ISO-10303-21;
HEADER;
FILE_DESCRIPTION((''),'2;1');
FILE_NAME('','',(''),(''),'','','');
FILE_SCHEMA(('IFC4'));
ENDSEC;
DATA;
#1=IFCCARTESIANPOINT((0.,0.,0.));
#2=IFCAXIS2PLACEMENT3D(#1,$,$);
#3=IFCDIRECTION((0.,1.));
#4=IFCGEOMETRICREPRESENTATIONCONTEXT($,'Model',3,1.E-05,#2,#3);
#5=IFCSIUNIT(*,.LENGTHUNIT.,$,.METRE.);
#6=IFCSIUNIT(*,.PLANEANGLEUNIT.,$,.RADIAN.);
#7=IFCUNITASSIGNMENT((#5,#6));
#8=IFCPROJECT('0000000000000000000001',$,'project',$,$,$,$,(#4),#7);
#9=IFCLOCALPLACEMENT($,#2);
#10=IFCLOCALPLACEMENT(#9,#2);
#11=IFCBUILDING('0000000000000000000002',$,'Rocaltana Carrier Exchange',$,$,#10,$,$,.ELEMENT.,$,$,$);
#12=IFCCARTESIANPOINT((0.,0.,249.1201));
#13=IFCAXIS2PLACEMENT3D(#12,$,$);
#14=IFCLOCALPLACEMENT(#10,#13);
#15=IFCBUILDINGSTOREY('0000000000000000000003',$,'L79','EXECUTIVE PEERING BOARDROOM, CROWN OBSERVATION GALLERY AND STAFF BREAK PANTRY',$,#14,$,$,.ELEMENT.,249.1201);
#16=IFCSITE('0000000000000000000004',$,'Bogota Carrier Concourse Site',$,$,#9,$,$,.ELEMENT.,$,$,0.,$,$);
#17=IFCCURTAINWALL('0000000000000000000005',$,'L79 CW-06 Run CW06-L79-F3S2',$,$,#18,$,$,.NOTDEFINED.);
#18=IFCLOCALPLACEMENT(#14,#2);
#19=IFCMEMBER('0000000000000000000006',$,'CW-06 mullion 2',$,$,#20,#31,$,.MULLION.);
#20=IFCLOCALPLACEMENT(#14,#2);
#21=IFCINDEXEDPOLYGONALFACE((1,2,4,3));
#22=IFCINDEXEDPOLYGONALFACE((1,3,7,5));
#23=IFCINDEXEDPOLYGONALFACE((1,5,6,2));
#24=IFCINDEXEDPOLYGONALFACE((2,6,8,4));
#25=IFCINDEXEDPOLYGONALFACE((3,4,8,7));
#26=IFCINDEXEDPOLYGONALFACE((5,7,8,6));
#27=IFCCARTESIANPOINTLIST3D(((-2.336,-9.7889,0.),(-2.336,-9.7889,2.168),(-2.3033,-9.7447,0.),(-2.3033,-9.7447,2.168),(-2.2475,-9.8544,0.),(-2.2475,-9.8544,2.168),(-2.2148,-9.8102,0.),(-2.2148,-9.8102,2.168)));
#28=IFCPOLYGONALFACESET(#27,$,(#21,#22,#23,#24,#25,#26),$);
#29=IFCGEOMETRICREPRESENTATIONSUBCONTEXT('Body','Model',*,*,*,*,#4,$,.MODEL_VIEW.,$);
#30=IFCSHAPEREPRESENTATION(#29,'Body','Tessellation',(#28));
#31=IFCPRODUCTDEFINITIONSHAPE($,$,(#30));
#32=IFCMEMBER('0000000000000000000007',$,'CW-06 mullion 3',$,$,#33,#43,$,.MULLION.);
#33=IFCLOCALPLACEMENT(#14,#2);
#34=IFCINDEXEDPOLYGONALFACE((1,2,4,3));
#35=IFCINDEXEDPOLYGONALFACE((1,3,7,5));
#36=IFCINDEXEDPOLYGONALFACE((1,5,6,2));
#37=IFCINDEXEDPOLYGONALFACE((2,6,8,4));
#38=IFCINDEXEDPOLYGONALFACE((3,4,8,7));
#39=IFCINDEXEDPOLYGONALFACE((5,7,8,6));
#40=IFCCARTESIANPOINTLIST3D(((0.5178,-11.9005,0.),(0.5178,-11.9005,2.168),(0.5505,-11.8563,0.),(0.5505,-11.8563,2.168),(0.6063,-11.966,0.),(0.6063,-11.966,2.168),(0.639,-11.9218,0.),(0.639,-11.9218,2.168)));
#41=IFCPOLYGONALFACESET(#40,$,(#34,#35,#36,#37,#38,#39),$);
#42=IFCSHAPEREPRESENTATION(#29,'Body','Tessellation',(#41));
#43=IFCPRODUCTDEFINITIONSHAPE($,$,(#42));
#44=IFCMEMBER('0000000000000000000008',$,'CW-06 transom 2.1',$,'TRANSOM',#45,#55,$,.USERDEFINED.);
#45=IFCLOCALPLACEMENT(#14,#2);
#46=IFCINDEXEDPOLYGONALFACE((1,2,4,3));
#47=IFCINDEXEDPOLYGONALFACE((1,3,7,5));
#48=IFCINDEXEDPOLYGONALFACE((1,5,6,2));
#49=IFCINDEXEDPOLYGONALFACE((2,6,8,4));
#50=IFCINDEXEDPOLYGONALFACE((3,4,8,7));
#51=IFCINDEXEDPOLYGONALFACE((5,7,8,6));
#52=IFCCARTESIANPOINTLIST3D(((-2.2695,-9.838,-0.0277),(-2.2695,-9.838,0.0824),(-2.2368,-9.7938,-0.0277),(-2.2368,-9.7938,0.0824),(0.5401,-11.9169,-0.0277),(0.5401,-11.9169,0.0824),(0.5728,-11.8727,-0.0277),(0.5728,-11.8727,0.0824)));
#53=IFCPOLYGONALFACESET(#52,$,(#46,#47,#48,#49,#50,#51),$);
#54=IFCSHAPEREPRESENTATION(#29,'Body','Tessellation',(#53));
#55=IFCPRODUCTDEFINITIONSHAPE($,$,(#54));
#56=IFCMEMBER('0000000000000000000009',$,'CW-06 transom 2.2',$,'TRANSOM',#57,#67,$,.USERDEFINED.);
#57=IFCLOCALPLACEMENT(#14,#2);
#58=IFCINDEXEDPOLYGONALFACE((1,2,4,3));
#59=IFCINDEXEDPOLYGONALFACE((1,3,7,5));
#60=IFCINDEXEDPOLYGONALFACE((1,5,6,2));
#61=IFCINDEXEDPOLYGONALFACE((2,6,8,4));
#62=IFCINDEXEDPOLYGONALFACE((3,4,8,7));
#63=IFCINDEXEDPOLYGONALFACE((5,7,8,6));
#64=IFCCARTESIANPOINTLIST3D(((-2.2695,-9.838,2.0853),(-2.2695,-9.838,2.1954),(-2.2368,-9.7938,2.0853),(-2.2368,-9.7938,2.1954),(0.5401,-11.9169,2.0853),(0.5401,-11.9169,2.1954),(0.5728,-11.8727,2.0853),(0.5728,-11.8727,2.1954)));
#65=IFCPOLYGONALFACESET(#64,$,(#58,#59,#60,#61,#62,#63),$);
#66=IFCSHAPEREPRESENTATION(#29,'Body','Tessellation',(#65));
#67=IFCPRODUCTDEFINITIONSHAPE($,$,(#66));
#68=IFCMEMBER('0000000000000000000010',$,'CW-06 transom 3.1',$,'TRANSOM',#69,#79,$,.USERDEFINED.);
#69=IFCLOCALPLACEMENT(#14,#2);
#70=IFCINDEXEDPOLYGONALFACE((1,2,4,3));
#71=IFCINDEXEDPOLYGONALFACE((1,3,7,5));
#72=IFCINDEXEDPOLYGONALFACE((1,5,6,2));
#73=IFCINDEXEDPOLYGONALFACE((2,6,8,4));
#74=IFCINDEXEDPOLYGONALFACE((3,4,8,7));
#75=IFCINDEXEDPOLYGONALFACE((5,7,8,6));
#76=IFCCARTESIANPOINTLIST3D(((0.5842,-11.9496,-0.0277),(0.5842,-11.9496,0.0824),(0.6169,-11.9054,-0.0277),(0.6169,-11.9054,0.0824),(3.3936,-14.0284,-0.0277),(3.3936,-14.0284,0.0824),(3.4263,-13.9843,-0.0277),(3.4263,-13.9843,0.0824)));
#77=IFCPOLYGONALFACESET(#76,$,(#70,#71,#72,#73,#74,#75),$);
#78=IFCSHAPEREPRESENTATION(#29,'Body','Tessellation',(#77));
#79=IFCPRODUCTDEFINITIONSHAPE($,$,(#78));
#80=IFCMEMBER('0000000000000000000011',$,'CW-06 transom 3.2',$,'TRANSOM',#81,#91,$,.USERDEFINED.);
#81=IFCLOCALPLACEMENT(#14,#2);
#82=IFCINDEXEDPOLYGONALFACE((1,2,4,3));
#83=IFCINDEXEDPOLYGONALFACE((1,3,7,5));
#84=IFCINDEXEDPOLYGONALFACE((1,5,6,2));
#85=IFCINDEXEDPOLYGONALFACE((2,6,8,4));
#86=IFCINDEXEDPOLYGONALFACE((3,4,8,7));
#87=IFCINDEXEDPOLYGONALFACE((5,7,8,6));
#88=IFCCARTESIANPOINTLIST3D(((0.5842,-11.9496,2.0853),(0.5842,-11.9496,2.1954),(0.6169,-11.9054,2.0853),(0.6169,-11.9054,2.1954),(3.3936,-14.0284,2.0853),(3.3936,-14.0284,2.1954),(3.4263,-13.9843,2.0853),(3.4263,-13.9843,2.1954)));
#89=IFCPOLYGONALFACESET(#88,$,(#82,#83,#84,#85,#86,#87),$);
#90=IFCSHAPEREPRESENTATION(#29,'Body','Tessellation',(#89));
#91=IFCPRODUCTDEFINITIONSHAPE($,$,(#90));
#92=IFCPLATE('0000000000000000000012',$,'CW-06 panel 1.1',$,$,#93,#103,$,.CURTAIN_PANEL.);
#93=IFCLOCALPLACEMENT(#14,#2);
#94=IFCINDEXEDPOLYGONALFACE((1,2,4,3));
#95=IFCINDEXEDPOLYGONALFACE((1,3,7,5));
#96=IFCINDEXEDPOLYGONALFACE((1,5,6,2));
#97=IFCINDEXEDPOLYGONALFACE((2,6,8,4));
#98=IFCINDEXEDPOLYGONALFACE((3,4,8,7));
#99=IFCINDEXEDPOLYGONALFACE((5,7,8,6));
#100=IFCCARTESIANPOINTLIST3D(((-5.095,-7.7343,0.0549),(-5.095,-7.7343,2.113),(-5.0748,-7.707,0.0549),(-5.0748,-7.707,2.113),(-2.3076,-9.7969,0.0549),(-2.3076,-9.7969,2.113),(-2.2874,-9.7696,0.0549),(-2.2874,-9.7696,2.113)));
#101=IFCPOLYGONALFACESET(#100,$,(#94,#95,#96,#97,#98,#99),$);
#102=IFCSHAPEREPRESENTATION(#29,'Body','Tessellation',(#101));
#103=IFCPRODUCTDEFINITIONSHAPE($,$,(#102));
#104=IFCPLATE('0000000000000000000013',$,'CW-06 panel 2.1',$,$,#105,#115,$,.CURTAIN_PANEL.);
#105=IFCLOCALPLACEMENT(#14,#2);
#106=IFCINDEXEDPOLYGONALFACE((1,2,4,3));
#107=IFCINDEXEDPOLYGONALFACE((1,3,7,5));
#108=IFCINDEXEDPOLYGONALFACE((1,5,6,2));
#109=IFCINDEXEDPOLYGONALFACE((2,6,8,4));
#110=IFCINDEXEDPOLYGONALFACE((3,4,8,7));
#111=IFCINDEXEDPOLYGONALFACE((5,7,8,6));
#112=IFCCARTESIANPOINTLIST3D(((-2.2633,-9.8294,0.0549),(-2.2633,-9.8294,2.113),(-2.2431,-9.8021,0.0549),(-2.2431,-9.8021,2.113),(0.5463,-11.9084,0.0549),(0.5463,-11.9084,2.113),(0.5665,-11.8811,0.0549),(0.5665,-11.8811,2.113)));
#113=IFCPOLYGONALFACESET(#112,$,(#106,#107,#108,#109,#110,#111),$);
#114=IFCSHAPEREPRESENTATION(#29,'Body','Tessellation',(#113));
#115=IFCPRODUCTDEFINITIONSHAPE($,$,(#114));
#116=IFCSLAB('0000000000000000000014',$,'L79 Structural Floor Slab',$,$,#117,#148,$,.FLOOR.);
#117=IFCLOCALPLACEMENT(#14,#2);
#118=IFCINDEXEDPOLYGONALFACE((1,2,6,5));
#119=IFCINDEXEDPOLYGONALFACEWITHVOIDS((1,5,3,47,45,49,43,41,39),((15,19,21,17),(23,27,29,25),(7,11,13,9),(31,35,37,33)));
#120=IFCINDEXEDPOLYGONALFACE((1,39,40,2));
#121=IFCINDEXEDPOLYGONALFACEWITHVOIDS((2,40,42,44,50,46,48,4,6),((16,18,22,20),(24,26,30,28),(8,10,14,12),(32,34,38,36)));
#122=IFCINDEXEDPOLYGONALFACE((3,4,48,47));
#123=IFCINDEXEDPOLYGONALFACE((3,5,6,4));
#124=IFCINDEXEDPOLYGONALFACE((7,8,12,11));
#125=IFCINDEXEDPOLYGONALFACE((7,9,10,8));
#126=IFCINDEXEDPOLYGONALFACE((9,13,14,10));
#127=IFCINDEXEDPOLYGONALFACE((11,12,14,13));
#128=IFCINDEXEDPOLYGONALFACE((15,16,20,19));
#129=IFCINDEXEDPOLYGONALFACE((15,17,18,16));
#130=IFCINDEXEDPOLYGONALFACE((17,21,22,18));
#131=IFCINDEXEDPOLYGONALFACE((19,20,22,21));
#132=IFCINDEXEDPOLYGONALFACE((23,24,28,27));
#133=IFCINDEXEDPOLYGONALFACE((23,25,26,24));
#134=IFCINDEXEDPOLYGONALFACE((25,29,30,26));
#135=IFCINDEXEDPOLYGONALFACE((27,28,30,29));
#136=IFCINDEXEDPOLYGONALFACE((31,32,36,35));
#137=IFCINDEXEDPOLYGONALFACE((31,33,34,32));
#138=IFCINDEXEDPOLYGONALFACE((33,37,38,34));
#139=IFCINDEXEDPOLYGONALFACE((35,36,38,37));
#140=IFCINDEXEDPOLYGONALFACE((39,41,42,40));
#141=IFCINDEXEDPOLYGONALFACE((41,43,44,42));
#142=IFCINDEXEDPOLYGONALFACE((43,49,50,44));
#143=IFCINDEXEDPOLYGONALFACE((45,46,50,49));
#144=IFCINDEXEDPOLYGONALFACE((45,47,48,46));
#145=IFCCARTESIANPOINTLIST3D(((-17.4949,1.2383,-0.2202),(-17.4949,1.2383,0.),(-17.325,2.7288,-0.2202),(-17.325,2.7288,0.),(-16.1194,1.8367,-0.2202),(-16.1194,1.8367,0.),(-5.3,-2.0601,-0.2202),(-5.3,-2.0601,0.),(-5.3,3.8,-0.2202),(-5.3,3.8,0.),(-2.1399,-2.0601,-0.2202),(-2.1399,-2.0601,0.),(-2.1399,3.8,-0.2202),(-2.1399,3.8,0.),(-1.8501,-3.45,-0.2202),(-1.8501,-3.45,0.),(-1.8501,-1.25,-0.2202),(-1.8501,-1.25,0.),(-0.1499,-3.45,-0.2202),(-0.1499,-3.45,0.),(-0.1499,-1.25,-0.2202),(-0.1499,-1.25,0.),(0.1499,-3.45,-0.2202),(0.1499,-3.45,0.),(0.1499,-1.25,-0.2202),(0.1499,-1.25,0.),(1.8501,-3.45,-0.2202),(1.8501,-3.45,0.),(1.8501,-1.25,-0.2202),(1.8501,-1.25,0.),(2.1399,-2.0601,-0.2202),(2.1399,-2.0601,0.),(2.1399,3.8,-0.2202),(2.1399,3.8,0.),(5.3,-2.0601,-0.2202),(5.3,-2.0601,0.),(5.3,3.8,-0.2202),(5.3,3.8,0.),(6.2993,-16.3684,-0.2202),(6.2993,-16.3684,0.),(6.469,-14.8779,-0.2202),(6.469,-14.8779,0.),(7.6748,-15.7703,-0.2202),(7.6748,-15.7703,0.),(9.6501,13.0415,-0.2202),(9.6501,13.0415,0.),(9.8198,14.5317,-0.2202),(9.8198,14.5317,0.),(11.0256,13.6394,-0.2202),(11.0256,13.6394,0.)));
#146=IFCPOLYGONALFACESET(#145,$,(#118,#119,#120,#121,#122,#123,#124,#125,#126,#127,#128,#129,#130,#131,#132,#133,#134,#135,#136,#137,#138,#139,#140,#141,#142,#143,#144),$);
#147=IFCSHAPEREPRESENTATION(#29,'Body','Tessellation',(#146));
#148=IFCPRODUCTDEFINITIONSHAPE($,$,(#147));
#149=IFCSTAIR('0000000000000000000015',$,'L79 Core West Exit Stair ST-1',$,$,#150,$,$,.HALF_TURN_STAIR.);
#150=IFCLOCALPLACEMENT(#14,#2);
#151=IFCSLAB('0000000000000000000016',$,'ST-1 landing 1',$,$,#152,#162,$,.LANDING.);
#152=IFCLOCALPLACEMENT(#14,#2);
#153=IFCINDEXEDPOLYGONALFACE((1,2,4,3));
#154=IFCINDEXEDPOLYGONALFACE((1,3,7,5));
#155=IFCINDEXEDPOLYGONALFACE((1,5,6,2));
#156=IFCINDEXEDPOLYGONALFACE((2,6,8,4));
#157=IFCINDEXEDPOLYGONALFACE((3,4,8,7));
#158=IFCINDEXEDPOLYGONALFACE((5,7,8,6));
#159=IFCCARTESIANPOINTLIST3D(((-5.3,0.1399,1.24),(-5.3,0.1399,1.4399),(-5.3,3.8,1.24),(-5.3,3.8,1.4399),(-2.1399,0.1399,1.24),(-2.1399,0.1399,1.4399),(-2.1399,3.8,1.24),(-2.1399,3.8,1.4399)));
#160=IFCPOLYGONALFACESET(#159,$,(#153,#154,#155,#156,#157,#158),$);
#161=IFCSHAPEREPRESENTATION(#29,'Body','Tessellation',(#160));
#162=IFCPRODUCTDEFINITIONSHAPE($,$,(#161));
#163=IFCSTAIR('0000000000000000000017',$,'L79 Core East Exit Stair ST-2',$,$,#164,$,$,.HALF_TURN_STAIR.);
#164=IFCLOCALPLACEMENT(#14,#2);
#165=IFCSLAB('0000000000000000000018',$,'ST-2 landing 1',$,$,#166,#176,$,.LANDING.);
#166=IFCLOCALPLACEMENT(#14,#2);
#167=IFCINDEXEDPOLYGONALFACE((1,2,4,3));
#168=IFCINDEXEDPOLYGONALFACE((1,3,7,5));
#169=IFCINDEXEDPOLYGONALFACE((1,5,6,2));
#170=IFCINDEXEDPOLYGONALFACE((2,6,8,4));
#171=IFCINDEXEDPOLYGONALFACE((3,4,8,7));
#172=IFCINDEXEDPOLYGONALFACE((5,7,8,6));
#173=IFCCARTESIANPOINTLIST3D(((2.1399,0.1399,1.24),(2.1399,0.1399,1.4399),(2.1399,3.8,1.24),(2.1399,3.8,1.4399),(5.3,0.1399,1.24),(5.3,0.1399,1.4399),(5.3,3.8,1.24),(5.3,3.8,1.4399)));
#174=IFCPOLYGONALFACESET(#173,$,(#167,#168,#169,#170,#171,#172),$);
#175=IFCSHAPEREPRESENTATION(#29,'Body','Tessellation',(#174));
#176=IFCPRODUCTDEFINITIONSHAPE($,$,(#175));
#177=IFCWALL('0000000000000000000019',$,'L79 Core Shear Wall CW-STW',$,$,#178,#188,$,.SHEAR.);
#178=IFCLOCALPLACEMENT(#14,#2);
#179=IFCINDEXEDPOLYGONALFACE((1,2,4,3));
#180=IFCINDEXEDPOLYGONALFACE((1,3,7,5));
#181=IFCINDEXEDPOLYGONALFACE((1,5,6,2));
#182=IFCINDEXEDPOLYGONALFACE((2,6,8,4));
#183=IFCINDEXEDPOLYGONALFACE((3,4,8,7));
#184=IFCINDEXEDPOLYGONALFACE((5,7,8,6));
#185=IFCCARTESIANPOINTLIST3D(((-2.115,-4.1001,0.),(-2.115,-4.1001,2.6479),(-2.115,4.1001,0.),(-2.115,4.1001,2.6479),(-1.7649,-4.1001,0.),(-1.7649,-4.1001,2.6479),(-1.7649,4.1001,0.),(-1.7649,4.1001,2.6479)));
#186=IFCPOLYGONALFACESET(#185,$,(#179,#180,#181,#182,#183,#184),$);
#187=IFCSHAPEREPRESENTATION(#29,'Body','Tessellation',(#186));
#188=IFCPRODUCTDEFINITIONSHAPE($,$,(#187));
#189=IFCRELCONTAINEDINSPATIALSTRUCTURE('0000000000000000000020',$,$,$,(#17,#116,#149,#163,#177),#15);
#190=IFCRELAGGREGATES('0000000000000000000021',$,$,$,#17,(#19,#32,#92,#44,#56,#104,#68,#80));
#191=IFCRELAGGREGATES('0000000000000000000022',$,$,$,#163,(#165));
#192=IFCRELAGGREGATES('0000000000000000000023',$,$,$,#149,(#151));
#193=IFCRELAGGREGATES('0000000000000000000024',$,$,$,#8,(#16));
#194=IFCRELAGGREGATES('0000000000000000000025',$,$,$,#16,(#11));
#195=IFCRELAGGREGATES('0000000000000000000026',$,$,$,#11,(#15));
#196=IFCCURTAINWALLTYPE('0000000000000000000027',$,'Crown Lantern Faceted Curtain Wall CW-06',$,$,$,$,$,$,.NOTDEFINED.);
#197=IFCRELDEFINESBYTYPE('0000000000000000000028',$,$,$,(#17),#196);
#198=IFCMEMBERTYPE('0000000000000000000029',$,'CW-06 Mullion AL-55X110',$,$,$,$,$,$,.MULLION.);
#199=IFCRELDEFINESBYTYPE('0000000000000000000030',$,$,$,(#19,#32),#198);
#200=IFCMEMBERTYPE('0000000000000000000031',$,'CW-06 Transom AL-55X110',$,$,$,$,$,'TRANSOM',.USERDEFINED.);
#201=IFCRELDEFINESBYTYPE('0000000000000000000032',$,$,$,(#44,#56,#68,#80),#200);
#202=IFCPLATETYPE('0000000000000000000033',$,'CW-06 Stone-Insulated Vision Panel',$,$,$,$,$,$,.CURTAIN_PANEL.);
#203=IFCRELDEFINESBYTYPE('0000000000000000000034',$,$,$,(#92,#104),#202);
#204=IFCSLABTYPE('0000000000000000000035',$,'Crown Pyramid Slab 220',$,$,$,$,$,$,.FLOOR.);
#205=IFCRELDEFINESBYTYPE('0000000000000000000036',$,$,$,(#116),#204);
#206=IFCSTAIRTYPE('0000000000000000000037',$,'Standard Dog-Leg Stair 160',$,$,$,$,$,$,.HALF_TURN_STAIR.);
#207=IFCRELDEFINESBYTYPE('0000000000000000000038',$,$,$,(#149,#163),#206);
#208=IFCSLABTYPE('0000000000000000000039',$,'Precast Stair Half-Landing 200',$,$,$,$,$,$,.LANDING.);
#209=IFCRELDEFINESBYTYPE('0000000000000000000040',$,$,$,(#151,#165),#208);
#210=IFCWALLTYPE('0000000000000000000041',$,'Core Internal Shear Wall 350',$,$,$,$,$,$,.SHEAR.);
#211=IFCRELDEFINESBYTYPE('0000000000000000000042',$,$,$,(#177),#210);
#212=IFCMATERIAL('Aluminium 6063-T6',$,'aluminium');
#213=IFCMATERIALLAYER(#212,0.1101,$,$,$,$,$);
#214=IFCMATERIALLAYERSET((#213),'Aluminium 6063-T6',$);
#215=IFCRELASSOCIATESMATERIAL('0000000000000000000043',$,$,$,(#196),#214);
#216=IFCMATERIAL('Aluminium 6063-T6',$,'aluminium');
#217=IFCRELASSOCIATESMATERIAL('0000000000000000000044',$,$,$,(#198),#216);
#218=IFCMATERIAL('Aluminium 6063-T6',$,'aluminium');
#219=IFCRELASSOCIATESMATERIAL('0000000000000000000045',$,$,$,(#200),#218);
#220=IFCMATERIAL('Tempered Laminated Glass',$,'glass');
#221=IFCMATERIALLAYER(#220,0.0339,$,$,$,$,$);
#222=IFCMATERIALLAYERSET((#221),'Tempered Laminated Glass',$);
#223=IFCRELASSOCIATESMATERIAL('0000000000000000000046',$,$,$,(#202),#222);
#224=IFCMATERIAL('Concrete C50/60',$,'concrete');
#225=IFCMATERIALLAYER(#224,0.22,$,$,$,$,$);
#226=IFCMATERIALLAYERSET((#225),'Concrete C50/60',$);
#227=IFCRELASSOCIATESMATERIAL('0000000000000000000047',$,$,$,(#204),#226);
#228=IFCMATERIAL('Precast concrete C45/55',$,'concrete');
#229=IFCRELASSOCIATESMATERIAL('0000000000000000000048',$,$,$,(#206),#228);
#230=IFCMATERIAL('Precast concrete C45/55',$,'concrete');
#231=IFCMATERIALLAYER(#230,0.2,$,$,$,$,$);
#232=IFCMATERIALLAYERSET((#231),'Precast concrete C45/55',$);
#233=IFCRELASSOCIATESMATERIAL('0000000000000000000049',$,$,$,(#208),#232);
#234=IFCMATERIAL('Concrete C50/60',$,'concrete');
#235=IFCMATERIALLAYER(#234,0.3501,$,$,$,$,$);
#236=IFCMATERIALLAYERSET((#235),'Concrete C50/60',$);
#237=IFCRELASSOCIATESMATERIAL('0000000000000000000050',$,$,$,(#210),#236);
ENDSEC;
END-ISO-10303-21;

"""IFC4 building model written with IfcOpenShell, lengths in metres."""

from ifc_helpers import new_model, si_unit, direction, frame, frame_2d, origin, origin_2d, place, context, subcontext, project, spatial, polyline, rectangle, outline, extrude, material, layer, layer_set, material_profile, profile_set, type_object, element, aggregate, save


model = new_model("IFC4")

# Units and contexts
model_context = context("Model", 3, precision=1e-05, world=origin(), true_north=direction((0.0, 1.0)))
body_context = subcontext(model_context, "Body", "Model", "MODEL_VIEW")
ifc_project = project(units=[si_unit("LENGTHUNIT", "METRE"), si_unit("PLANEANGLEUNIT", "RADIAN")], contexts=[model_context])

# Site, building, storey
site_placement = place(None, origin())
site = spatial("IfcSite", under=ifc_project, at=site_placement, Name="Bogota Carrier Concourse Site", CompositionType="ELEMENT", RefElevation=0.0)
building_placement = place(site_placement, origin())
building = spatial("IfcBuilding", under=site, at=building_placement, Name="Rocaltana Carrier Exchange", CompositionType="ELEMENT")
storey_placement = place(building_placement, frame((0.0, 0.0, 249.1201)))
storey = spatial("IfcBuildingStorey", under=building, at=storey_placement, Name="L79", Description="EXECUTIVE PEERING BOARDROOM, CROWN OBSERVATION GALLERY AND STAFF BREAK PANTRY", CompositionType="ELEMENT", Elevation=249.1201)

# Curtain wall, members, plates
ifc_material_1 = material(Name="Aluminium 6063-T6", Category="aluminium")
ifc_layer_1 = layer(ifc_material_1, 0.1101)
ifc_layer_set_1 = layer_set([ifc_layer_1], Name="Aluminium 6063-T6")
curtain_wall_type = type_object("IfcCurtainWallType", Name="Crown Lantern Faceted Curtain Wall CW-06", PredefinedType="NOTDEFINED", material=ifc_layer_set_1)
curtain_wall_placement = place(storey_placement, origin())
curtain_wall = element("IfcCurtainWall", 1, at=curtain_wall_placement, inside=storey, type_object=curtain_wall_type, Name="L79 CW-06 Run CW06-L79-F3S2", PredefinedType="NOTDEFINED")
ifc_material_2 = material(Name="Aluminium 6063-T6", Category="aluminium")
ifc_material_profile_1 = material_profile(ifc_material_2, rectangle(XDim=0.0549, YDim=0.1101, at=origin_2d()), Name="AL-55X110")
ifc_profile_set_1 = profile_set([ifc_material_profile_1], Name="Aluminium 6063-T6")
member_type_1 = type_object("IfcMemberType", Name="CW-06 Mullion AL-55X110", PredefinedType="MULLION", material=ifc_profile_set_1)
member_1_placement = place(storey_placement, frame((-2.2754, -9.7996, 0.0), z_axis=(0.0, 0.0, 1.0), x_axis=(0.594822, 0.803857, 0.0)))
member_1 = element("IfcMember", 2, at=member_1_placement, type_object=member_type_1, Name="CW-06 mullion 2", PredefinedType="MULLION", context=body_context, shape_type="SweptSolid", body=[
    extrude(rectangle(XDim=0.0549, YDim=0.1101, at=origin_2d()), origin(), (0.0, 0.0, 1.0), 2.168),
])
member_2_placement = place(storey_placement, frame((0.5784, -11.9111, 0.0), z_axis=(0.0, 0.0, 1.0), x_axis=(0.594822, 0.803857, 0.0)))
member_2 = element("IfcMember", 3, at=member_2_placement, type_object=member_type_1, Name="CW-06 mullion 3", PredefinedType="MULLION", context=body_context, shape_type="SweptSolid", body=[
    extrude(rectangle(XDim=0.0549, YDim=0.1101, at=origin_2d()), origin(), (0.0, 0.0, 1.0), 2.168),
])
ifc_material_3 = material(Name="Aluminium 6063-T6", Category="aluminium")
ifc_material_profile_2 = material_profile(ifc_material_3, rectangle(XDim=0.0549, YDim=0.1101, at=origin_2d()), Name="AL-55X110")
ifc_profile_set_2 = profile_set([ifc_material_profile_2], Name="Aluminium 6063-T6")
member_type_2 = type_object("IfcMemberType", Name="CW-06 Transom AL-55X110", ElementType="TRANSOM", PredefinedType="USERDEFINED", material=ifc_profile_set_2)
member_3_placement = place(storey_placement, frame((-2.2532, -9.8159, 0.0273), z_axis=(0.803873, -0.594801, 0.0), x_axis=(0.594801, 0.803873, 0.0)))
member_3 = element("IfcMember", 4, at=member_3_placement, type_object=member_type_2, Name="CW-06 transom 2.1", ObjectType="TRANSOM", PredefinedType="USERDEFINED", context=body_context, shape_type="SweptSolid", body=[
    extrude(rectangle(XDim=0.0549, YDim=0.1101, at=origin_2d()), origin(), (0.0, 0.0, 1.0), 3.4951),
])
member_4_placement = place(storey_placement, frame((-2.2532, -9.8159, 2.1404), z_axis=(0.803873, -0.594801, 0.0), x_axis=(0.594801, 0.803873, 0.0)))
member_4 = element("IfcMember", 5, at=member_4_placement, type_object=member_type_2, Name="CW-06 transom 2.2", ObjectType="TRANSOM", PredefinedType="USERDEFINED", context=body_context, shape_type="SweptSolid", body=[
    extrude(rectangle(XDim=0.0549, YDim=0.1101, at=origin_2d()), origin(), (0.0, 0.0, 1.0), 3.4951),
])
member_5_placement = place(storey_placement, frame((0.6006, -11.9275, 0.0273), z_axis=(0.803848, -0.594835, 0.0), x_axis=(0.594835, 0.803848, 0.0)))
member_5 = element("IfcMember", 6, at=member_5_placement, type_object=member_type_2, Name="CW-06 transom 3.1", ObjectType="TRANSOM", PredefinedType="USERDEFINED", context=body_context, shape_type="SweptSolid", body=[
    extrude(rectangle(XDim=0.0549, YDim=0.1101, at=origin_2d()), origin(), (0.0, 0.0, 1.0), 3.4949),
])
member_6_placement = place(storey_placement, frame((0.6006, -11.9275, 2.1404), z_axis=(0.803848, -0.594835, 0.0), x_axis=(0.594835, 0.803848, 0.0)))
member_6 = element("IfcMember", 7, at=member_6_placement, type_object=member_type_2, Name="CW-06 transom 3.2", ObjectType="TRANSOM", PredefinedType="USERDEFINED", context=body_context, shape_type="SweptSolid", body=[
    extrude(rectangle(XDim=0.0549, YDim=0.1101, at=origin_2d()), origin(), (0.0, 0.0, 1.0), 3.4949),
])
ifc_material_4 = material(Name="Tempered Laminated Glass", Category="glass")
ifc_layer_2 = layer(ifc_material_4, 0.0339)
ifc_layer_set_2 = layer_set([ifc_layer_2], Name="Tempered Laminated Glass")
plate_type = type_object("IfcPlateType", Name="CW-06 Stone-Insulated Vision Panel", PredefinedType="CURTAIN_PANEL", material=ifc_layer_set_2)
plate_1_placement = place(storey_placement, frame((-3.6912, -8.752, 0.0549), z_axis=(0.0, 0.0, 1.0), x_axis=(0.803857, -0.594822, 0.0)))
plate_1 = element("IfcPlate", 8, at=plate_1_placement, type_object=plate_type, Name="CW-06 panel 1.1", PredefinedType="CURTAIN_PANEL", context=body_context, shape_type="SweptSolid", body=[
    extrude(rectangle(XDim=3.4675, YDim=0.0339, at=origin_2d()), origin(), (0.0, 0.0, 1.0), 2.0581),
])
plate_2_placement = place(storey_placement, frame((-0.8484, -10.8552, 0.0549), z_axis=(0.0, 0.0, 1.0), x_axis=(0.803857, -0.594822, 0.0)))
plate_2 = element("IfcPlate", 9, at=plate_2_placement, type_object=plate_type, Name="CW-06 panel 2.1", PredefinedType="CURTAIN_PANEL", context=body_context, shape_type="SweptSolid", body=[
    extrude(rectangle(XDim=3.4951, YDim=0.0339, at=origin_2d()), origin(), (0.0, 0.0, 1.0), 2.0581),
])
aggregate(curtain_wall, [member_1, member_2, plate_1, member_3, member_4, plate_2, member_5, member_6])

# Slab
ifc_material_5 = material(Name="Concrete C50/60", Category="concrete")
ifc_layer_3 = layer(ifc_material_5, 0.22)
ifc_layer_set_3 = layer_set([ifc_layer_3], Name="Concrete C50/60")
slab_type_1 = type_object("IfcSlabType", Name="Crown Pyramid Slab 220", PredefinedType="FLOOR", material=ifc_layer_set_3)
slab_1_placement = place(storey_placement, frame((0.0, 0.0, -0.2202)))
element("IfcSlab", 10, at=slab_1_placement, inside=storey, type_object=slab_type_1, Name="L79 Structural Floor Slab", PredefinedType="FLOOR", context=body_context, shape_type="SweptSolid", body=[
    extrude(outline(polyline([(6.2993, -16.3684), (6.469, -14.8779), (7.6748, -15.7703), (11.0256, 13.6394), (9.6501, 13.0415), (9.8198, 14.5317), (-17.325, 2.7288), (-16.1194, 1.8367), (-17.4949, 1.2383), (6.2993, -16.3684)]), holes=[polyline([(-5.3, -2.0601), (-2.1399, -2.0601), (-2.1399, 3.8), (-5.3, 3.8), (-5.3, -2.0601)]), polyline([(2.1399, -2.0601), (5.3, -2.0601), (5.3, 3.8), (2.1399, 3.8), (2.1399, -2.0601)]), polyline([(-1.8501, -3.45), (-0.1499, -3.45), (-0.1499, -1.25), (-1.8501, -1.25), (-1.8501, -3.45)]), polyline([(0.1499, -3.45), (1.8501, -3.45), (1.8501, -1.25), (0.1499, -1.25), (0.1499, -3.45)])]), origin(), (0.0, 0.0, 1.0), 0.2202),
])

# Stairs, slabs
ifc_material_6 = material(Name="Precast concrete C45/55", Category="concrete")
stair_type = type_object("IfcStairType", Name="Standard Dog-Leg Stair 160", PredefinedType="HALF_TURN_STAIR", material=ifc_material_6)
stair_1_placement = place(storey_placement, origin())
stair_1 = element("IfcStair", 11, at=stair_1_placement, inside=storey, type_object=stair_type, Name="L79 Core West Exit Stair ST-1", PredefinedType="HALF_TURN_STAIR")
ifc_material_7 = material(Name="Precast concrete C45/55", Category="concrete")
ifc_layer_4 = layer(ifc_material_7, 0.2)
ifc_layer_set_4 = layer_set([ifc_layer_4], Name="Precast concrete C45/55")
slab_type_2 = type_object("IfcSlabType", Name="Precast Stair Half-Landing 200", PredefinedType="LANDING", material=ifc_layer_set_4)
slab_2_placement = place(storey_placement, frame((0.0, 0.0, 1.24)))
slab_2 = element("IfcSlab", 12, at=slab_2_placement, type_object=slab_type_2, Name="ST-1 landing 1", PredefinedType="LANDING", context=body_context, shape_type="SweptSolid", body=[
    extrude(outline(polyline([(-2.1399, 0.1399), (-2.1399, 3.8), (-5.3, 3.8), (-5.3, 0.1399), (-2.1399, 0.1399)])), origin(), (0.0, 0.0, 1.0), 0.2),
])
stair_2_placement = place(storey_placement, origin())
stair_2 = element("IfcStair", 13, at=stair_2_placement, inside=storey, type_object=stair_type, Name="L79 Core East Exit Stair ST-2", PredefinedType="HALF_TURN_STAIR")
slab_3_placement = place(storey_placement, frame((0.0, 0.0, 1.24)))
slab_3 = element("IfcSlab", 14, at=slab_3_placement, type_object=slab_type_2, Name="ST-2 landing 1", PredefinedType="LANDING", context=body_context, shape_type="SweptSolid", body=[
    extrude(outline(polyline([(5.3, 0.1399), (5.3, 3.8), (2.1399, 3.8), (2.1399, 0.1399), (5.3, 0.1399)])), origin(), (0.0, 0.0, 1.0), 0.2),
])
aggregate(stair_2, [slab_3])

# Wall
ifc_material_8 = material(Name="Concrete C50/60", Category="concrete")
ifc_layer_5 = layer(ifc_material_8, 0.3501)
ifc_layer_set_5 = layer_set([ifc_layer_5], Name="Concrete C50/60")
wall_type_1 = type_object("IfcWallType", Name="Core Internal Shear Wall 350", PredefinedType="SHEAR", material=ifc_layer_set_5)
wall_1_placement = place(storey_placement, frame((-1.9399, -4.1001, 0.0), z_axis=(0.0, 0.0, 1.0), x_axis=(0.0, 1.0, 0.0)))
element("IfcWall", 15, at=wall_1_placement, inside=storey, type_object=wall_type_1, Name="L79 Core Shear Wall CW-STW", PredefinedType="SHEAR", context=body_context, shape_type="SweptSolid", body=[
    extrude(rectangle(XDim=8.2002, YDim=0.3501, at=frame_2d((4.1001, 0.0))), origin(), (0.0, 0.0, 1.0), 2.6479),
])

aggregate(stair_1, [slab_2])

save(model, "model.ifc")
